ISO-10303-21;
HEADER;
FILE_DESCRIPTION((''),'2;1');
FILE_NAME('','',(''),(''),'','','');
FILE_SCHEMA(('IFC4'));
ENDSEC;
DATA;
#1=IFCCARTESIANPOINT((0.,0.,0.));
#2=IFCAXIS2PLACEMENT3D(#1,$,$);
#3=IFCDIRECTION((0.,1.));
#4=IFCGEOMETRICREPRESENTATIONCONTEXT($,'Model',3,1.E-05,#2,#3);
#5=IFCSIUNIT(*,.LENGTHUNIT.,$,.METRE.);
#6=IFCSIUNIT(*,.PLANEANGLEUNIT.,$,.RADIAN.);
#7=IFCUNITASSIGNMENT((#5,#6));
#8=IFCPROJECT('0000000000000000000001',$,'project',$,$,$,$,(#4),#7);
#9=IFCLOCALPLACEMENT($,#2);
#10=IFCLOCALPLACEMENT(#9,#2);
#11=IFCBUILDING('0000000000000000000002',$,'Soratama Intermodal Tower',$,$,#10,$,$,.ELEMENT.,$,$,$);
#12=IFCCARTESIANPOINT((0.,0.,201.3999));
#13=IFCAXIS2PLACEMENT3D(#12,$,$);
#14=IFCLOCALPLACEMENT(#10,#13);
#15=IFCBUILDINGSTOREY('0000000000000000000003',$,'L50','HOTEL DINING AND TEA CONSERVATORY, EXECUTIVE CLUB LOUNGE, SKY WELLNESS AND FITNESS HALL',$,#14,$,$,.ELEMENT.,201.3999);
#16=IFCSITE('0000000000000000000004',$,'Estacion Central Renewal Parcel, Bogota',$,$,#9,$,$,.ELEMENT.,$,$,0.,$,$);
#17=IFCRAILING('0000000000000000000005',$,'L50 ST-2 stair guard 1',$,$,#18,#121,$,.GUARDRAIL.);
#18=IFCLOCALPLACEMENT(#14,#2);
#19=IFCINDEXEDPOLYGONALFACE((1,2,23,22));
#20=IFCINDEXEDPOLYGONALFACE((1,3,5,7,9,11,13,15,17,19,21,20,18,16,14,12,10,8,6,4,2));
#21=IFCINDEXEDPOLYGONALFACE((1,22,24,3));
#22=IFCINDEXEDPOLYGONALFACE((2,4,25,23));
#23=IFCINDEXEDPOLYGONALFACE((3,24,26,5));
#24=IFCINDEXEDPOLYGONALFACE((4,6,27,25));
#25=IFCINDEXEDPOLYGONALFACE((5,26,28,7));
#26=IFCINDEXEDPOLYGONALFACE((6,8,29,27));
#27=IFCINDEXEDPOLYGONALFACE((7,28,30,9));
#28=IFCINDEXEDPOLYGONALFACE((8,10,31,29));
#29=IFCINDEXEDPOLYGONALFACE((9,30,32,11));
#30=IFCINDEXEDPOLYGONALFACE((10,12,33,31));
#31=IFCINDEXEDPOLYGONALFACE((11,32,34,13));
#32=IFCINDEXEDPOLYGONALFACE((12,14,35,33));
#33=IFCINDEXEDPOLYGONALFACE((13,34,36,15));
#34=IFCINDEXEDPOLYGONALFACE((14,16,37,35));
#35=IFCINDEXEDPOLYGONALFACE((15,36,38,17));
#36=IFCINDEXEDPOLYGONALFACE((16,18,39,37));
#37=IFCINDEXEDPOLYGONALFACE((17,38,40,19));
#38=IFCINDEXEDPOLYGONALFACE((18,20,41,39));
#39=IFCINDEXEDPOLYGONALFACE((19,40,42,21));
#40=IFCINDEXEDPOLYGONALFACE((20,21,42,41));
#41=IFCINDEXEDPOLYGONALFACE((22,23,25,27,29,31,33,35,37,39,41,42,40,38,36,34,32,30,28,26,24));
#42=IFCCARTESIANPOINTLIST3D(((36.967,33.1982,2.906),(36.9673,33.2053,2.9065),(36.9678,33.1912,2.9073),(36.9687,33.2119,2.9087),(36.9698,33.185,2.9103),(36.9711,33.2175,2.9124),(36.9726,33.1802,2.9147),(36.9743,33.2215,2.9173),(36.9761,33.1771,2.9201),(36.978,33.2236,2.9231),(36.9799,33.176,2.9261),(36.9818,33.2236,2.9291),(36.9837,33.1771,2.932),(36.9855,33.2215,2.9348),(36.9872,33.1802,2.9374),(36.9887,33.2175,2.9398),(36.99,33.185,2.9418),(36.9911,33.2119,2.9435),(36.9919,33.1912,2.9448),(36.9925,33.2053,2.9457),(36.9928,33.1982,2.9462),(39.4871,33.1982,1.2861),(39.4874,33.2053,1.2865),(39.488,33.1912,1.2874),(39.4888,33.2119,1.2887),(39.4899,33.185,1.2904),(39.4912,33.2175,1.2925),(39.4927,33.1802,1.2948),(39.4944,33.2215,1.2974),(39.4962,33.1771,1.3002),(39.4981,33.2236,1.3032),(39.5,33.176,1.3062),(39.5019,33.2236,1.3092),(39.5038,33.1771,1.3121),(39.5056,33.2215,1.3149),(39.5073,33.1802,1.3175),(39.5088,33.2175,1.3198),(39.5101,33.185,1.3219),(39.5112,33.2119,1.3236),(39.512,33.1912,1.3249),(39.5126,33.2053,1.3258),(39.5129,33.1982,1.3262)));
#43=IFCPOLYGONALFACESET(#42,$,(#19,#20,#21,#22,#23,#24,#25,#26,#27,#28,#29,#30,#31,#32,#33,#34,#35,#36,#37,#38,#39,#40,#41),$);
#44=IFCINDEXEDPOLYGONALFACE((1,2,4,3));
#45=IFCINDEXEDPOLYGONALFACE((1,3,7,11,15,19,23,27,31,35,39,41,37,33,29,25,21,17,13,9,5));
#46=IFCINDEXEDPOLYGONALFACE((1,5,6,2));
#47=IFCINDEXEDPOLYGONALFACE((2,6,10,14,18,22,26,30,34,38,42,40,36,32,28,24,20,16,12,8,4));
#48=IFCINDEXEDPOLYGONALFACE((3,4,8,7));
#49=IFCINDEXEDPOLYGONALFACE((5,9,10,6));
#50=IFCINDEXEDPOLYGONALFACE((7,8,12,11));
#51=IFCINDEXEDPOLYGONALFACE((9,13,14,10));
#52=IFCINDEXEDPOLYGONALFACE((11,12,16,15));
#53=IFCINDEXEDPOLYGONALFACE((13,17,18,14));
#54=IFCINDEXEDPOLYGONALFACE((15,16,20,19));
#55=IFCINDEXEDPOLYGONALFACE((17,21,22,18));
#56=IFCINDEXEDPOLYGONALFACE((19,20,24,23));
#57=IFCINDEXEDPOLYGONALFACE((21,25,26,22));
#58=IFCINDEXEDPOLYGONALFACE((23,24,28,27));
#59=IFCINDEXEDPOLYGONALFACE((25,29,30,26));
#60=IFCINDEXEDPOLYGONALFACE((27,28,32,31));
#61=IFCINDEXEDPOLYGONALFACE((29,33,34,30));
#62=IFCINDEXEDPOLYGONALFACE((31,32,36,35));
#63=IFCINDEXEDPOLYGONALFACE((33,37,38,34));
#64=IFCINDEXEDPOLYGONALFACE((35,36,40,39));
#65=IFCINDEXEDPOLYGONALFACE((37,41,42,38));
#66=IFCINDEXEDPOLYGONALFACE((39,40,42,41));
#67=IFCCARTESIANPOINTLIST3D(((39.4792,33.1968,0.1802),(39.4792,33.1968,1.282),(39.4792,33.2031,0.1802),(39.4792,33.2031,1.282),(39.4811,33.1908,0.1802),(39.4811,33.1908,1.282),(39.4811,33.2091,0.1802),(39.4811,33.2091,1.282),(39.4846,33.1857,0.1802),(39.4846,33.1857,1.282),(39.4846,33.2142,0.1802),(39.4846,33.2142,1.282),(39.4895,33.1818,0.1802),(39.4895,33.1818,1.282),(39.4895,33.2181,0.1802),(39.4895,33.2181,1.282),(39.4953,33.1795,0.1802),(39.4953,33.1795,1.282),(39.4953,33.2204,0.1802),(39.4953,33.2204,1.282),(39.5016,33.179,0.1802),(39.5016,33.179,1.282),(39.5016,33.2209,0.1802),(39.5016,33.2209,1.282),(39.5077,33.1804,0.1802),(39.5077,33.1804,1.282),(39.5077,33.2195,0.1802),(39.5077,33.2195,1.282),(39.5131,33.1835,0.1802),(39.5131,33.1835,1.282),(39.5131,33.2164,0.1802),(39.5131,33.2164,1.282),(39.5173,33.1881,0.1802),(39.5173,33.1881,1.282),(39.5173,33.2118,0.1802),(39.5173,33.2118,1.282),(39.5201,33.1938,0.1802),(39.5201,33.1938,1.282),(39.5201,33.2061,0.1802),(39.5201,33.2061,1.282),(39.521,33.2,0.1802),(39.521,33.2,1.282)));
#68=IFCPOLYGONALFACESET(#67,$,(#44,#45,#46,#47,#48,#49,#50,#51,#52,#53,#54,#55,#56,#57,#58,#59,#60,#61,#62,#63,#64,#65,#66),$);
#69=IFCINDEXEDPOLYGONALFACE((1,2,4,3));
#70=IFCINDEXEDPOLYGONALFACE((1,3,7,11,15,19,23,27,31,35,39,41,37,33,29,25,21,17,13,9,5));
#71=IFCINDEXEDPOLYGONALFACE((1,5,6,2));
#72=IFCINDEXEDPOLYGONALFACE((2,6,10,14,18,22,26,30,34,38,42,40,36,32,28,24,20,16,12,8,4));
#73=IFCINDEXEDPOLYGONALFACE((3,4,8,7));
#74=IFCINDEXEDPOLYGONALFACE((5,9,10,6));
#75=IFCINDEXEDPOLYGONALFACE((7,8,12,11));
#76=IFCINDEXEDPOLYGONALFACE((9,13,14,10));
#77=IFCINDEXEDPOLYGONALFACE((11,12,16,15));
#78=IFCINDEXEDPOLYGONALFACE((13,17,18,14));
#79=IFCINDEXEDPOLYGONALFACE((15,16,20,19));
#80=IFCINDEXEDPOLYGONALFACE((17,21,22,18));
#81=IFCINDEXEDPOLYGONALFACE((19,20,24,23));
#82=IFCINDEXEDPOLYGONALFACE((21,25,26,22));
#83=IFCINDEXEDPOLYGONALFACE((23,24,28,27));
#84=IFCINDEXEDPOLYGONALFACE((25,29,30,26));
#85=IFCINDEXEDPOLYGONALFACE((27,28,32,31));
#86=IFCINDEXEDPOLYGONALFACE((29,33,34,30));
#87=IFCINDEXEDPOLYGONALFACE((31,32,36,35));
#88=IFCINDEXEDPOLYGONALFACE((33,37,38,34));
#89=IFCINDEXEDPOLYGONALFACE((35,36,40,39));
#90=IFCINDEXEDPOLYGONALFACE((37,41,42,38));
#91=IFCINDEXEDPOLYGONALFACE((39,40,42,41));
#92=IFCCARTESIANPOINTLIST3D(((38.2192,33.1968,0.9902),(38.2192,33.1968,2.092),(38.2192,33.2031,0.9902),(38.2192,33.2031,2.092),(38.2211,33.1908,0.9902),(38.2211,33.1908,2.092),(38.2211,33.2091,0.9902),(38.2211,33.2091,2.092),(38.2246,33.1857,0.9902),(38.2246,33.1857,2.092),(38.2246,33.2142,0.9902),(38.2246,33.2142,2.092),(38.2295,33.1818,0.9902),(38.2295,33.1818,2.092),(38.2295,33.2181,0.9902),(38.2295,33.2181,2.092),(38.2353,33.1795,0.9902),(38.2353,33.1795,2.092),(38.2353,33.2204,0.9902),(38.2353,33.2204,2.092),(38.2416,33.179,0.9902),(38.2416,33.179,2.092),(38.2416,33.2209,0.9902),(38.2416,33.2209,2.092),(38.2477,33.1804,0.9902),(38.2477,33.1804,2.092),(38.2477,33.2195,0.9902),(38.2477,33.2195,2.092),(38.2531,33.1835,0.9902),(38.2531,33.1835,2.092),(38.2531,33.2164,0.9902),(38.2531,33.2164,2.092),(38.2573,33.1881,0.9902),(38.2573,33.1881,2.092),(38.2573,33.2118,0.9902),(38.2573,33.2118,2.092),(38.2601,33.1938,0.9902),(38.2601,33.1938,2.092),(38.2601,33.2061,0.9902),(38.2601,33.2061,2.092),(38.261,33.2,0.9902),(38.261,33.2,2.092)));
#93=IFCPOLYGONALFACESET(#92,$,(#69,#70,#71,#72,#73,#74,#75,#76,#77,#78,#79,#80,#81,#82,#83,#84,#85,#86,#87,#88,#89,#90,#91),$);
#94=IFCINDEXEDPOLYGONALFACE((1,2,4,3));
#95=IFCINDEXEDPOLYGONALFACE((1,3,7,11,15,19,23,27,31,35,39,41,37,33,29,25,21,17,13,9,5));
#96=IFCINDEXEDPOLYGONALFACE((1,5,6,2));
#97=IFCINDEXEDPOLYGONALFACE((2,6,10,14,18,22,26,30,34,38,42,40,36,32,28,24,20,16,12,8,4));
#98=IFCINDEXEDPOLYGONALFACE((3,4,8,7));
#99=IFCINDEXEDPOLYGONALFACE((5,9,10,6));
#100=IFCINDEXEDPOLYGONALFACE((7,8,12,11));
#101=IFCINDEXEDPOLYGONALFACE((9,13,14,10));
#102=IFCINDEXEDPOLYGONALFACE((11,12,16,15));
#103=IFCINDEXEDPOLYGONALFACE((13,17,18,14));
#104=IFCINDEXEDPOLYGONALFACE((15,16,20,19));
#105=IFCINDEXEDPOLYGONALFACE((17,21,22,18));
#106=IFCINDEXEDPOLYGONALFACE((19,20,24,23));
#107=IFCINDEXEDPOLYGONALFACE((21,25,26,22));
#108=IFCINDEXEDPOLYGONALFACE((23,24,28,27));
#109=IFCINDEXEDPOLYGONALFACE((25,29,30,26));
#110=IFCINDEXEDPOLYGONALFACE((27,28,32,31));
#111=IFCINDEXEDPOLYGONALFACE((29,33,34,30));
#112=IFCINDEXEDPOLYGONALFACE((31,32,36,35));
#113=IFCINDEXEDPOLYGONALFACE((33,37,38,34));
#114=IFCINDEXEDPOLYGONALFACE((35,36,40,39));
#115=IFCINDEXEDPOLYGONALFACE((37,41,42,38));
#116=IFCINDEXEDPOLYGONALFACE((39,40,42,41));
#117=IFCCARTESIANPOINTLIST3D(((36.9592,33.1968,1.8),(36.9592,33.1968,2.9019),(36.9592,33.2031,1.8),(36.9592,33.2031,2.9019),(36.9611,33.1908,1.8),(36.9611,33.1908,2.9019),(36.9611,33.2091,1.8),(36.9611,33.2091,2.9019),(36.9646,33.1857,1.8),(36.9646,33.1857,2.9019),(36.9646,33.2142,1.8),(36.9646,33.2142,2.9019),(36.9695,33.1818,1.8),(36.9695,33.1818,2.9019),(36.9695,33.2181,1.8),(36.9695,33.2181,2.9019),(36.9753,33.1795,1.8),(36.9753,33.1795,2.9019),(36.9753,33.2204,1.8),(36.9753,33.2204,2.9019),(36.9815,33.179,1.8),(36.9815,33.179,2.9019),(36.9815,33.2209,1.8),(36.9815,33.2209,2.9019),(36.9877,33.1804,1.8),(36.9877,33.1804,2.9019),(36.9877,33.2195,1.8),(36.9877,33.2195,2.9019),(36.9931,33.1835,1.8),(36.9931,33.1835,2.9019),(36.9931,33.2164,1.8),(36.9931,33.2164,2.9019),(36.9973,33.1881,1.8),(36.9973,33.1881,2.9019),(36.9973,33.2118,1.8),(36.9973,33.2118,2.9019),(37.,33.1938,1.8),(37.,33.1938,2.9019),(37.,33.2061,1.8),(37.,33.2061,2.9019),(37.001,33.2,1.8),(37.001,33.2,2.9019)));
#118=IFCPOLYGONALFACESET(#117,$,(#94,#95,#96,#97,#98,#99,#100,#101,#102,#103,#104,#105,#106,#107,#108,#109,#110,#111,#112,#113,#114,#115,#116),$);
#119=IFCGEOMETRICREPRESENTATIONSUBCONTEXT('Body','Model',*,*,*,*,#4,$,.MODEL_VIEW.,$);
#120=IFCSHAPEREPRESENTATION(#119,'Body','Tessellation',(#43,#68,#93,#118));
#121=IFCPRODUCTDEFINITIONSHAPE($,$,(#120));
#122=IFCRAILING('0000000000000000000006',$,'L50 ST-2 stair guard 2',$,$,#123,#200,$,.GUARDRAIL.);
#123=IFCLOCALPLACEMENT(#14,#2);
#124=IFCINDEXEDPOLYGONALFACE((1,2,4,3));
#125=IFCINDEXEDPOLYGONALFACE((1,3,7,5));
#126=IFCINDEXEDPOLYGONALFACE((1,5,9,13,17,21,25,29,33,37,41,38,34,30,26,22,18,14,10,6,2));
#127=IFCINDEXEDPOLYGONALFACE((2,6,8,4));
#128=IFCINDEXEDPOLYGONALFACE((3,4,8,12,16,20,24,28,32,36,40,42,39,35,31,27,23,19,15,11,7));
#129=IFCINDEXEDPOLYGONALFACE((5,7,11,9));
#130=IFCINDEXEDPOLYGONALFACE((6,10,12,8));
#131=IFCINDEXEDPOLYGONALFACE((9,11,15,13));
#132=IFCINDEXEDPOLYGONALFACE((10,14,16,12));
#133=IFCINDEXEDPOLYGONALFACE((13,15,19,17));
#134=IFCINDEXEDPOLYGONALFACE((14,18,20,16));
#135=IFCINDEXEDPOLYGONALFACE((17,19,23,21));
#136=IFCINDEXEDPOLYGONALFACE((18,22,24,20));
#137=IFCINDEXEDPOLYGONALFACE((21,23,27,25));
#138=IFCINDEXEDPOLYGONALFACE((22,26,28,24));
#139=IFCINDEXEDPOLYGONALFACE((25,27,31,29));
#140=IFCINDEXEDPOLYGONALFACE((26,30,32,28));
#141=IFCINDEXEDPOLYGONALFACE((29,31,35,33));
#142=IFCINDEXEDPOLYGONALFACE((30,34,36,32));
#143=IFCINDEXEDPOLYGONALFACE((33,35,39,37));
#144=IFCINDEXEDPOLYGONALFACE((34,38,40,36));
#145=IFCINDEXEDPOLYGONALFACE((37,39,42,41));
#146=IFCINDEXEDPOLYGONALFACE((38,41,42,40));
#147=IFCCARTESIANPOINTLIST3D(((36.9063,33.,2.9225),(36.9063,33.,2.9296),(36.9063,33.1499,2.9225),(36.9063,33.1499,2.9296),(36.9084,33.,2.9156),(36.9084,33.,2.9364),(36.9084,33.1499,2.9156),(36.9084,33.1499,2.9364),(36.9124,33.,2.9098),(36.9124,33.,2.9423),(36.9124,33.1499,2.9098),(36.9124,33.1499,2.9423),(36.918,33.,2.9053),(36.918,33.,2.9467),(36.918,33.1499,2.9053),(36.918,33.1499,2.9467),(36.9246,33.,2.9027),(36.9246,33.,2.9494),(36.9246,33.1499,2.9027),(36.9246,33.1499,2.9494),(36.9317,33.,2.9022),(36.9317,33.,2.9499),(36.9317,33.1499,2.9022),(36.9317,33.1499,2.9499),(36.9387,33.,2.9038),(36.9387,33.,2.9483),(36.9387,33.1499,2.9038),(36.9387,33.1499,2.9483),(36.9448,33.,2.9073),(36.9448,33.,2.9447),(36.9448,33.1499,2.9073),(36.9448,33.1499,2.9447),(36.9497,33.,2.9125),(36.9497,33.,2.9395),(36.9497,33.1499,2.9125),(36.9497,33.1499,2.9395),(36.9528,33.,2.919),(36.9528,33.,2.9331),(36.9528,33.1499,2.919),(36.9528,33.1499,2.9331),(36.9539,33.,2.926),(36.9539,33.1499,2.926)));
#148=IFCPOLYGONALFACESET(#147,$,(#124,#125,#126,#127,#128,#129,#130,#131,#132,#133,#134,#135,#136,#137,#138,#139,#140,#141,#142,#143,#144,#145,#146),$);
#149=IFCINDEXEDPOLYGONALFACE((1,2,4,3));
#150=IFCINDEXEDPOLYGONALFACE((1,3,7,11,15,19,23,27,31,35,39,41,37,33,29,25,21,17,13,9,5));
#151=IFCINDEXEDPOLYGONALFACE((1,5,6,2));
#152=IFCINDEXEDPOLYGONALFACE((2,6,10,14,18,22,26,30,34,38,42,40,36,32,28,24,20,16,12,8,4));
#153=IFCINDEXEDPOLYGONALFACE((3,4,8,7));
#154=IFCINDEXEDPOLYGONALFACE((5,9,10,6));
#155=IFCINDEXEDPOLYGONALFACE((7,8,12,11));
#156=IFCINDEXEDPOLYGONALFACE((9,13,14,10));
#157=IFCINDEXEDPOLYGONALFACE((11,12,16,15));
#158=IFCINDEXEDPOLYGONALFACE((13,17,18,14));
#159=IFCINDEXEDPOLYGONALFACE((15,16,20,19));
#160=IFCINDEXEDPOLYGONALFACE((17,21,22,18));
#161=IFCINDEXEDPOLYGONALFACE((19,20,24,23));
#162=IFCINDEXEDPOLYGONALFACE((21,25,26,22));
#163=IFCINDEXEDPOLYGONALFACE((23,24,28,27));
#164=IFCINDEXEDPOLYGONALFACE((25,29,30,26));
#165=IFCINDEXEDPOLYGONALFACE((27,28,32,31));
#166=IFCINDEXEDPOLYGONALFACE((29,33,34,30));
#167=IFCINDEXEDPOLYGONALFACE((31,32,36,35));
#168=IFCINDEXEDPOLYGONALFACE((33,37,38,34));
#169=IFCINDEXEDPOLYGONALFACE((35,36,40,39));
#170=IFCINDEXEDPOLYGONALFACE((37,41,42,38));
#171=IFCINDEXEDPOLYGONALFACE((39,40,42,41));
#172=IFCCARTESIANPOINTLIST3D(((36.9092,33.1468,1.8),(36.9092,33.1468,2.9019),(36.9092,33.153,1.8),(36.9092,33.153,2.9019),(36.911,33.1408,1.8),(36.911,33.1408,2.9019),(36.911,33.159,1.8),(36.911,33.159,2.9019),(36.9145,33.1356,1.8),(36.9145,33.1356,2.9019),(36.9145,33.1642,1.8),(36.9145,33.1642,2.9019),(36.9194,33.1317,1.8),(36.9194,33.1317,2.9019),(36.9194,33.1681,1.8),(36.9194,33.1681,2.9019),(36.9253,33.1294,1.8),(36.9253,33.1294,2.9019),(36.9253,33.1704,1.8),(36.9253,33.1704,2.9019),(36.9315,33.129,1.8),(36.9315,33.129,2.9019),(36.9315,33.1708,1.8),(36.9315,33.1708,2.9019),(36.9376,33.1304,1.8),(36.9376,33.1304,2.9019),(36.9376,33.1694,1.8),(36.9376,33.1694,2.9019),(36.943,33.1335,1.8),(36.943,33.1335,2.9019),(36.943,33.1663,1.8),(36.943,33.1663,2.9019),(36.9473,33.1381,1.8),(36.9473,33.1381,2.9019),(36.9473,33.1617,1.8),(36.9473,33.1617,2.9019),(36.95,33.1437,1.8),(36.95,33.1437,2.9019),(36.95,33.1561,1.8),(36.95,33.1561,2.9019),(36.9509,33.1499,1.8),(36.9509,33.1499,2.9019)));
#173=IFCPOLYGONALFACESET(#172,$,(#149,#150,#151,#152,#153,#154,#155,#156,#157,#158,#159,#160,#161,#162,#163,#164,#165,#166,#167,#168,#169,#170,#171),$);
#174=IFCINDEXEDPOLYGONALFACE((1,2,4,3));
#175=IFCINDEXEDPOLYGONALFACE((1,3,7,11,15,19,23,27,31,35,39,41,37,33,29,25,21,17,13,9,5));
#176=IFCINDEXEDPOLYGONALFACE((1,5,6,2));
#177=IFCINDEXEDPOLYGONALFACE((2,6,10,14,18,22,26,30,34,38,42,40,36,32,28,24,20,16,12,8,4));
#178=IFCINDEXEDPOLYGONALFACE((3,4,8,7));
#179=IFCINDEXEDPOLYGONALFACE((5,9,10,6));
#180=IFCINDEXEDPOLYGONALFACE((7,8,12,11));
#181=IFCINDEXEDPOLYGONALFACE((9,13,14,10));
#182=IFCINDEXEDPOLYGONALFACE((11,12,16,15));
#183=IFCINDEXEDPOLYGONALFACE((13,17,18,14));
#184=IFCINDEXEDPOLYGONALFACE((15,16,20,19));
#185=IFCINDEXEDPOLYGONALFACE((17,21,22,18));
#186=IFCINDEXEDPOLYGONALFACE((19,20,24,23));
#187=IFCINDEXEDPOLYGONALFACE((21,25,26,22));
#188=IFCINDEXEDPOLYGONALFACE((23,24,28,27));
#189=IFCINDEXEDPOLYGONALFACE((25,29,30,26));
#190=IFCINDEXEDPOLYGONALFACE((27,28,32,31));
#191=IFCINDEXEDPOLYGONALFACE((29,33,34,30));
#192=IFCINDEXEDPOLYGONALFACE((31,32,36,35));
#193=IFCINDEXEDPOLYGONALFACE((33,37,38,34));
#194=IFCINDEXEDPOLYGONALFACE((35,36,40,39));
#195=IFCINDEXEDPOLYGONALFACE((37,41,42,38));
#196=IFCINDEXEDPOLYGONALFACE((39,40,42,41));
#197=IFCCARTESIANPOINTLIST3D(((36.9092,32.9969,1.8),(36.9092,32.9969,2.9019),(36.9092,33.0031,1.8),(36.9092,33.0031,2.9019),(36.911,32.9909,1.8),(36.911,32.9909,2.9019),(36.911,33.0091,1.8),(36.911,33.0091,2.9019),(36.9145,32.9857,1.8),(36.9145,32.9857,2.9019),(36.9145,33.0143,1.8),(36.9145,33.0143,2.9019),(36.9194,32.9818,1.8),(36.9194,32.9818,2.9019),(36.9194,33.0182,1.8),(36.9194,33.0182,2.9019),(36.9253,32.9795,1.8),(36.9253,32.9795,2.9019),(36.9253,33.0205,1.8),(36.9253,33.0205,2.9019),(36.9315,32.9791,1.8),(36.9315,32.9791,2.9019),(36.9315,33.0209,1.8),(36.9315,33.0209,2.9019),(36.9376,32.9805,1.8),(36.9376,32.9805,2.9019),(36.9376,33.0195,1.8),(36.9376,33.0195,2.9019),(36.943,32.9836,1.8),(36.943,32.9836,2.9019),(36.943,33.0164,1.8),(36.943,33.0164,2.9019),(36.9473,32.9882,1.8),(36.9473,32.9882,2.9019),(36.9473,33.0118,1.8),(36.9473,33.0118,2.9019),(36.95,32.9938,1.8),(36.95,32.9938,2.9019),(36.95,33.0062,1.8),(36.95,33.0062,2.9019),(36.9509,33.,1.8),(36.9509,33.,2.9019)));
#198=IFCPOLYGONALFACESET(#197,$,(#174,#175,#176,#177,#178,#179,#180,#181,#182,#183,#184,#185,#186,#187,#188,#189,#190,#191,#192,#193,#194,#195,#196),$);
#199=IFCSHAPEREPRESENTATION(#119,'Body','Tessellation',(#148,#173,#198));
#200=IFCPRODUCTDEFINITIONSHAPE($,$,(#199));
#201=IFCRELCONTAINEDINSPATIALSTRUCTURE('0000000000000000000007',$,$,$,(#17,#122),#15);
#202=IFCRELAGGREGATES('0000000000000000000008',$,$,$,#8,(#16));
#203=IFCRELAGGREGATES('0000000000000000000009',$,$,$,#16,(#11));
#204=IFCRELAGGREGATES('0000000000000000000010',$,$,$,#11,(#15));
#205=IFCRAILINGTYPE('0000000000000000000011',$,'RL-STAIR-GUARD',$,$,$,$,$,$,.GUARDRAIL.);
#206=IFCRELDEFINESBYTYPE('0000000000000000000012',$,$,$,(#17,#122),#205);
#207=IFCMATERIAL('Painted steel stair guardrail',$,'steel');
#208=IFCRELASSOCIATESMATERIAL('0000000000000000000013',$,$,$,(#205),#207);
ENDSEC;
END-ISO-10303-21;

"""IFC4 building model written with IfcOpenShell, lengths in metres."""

from ifc_helpers import new_model, si_unit, direction, frame, origin, origin_2d, place, context, subcontext, project, spatial, circle, extrude, material, type_object, element, save


model = new_model("IFC4")

# Units and contexts
model_context = context("Model", 3, precision=1e-05, world=origin(), true_north=direction((0.0, 1.0)))
body_context = subcontext(model_context, "Body", "Model", "MODEL_VIEW")
ifc_project = project(units=[si_unit("LENGTHUNIT", "METRE"), si_unit("PLANEANGLEUNIT", "RADIAN")], contexts=[model_context])

# Site, building, storey
site_placement = place(None, origin())
site = spatial("IfcSite", under=ifc_project, at=site_placement, Name="Estacion Central Renewal Parcel, Bogota", CompositionType="ELEMENT", RefElevation=0.0)
building_placement = place(site_placement, origin())
building = spatial("IfcBuilding", under=site, at=building_placement, Name="Soratama Intermodal Tower", CompositionType="ELEMENT")
storey_placement = place(building_placement, frame((0.0, 0.0, 201.3999)))
storey = spatial("IfcBuildingStorey", under=building, at=storey_placement, Name="L50", Description="HOTEL DINING AND TEA CONSERVATORY, EXECUTIVE CLUB LOUNGE, SKY WELLNESS AND FITNESS HALL", CompositionType="ELEMENT", Elevation=201.3999)

# Railings
ifc_material_1 = material(Name="Painted steel stair guardrail", Category="steel")
railing_type_1 = type_object("IfcRailingType", Name="RL-STAIR-GUARD", PredefinedType="GUARDRAIL", material=ifc_material_1)
railing_1_placement = place(storey_placement, frame((39.5, 33.2, 0.1802)))
element("IfcRailing", 1, at=railing_1_placement, inside=storey, type_object=railing_type_1, Name="L50 ST-2 stair guard 1", PredefinedType="GUARDRAIL", context=body_context, shape_type="SweptSolid", body=[
    extrude(circle(Radius=0.0239, at=origin_2d()), frame((0.0, 0.0, 1.126), z_axis=(-0.8412, 0.0, 0.540725), x_axis=(0.0, -1.0, 0.0)), (0.0, 0.0, 1.0), 2.9958),
    extrude(circle(Radius=0.021, at=origin_2d()), origin(), (0.0, 0.0, 1.0), 1.1018),
    extrude(circle(Radius=0.021, at=origin_2d()), frame((-1.26, 0.0, 0.8101)), (0.0, 0.0, 1.0), 1.1018),
    extrude(circle(Radius=0.021, at=origin_2d()), frame((-2.52, 0.0, 1.6199)), (0.0, 0.0, 1.0), 1.1018),
])
railing_2_placement = place(storey_placement, frame((36.9299, 33.1499, 1.8)))
element("IfcRailing", 2, at=railing_2_placement, inside=storey, type_object=railing_type_1, Name="L50 ST-2 stair guard 2", PredefinedType="GUARDRAIL", context=body_context, shape_type="SweptSolid", body=[
    extrude(circle(Radius=0.0239, at=origin_2d()), frame((0.0, 0.0, 1.126), z_axis=(0.0, -1.0, 0.0), x_axis=(1.0, 0.0, 0.0)), (0.0, 0.0, 1.0), 0.1499),
    extrude(circle(Radius=0.021, at=origin_2d()), origin(), (0.0, 0.0, 1.0), 1.1018),
    extrude(circle(Radius=0.021, at=origin_2d()), frame((0.0, -0.1499, 0.0)), (0.0, 0.0, 1.0), 1.1018),
])

save(model, "model.ifc")
